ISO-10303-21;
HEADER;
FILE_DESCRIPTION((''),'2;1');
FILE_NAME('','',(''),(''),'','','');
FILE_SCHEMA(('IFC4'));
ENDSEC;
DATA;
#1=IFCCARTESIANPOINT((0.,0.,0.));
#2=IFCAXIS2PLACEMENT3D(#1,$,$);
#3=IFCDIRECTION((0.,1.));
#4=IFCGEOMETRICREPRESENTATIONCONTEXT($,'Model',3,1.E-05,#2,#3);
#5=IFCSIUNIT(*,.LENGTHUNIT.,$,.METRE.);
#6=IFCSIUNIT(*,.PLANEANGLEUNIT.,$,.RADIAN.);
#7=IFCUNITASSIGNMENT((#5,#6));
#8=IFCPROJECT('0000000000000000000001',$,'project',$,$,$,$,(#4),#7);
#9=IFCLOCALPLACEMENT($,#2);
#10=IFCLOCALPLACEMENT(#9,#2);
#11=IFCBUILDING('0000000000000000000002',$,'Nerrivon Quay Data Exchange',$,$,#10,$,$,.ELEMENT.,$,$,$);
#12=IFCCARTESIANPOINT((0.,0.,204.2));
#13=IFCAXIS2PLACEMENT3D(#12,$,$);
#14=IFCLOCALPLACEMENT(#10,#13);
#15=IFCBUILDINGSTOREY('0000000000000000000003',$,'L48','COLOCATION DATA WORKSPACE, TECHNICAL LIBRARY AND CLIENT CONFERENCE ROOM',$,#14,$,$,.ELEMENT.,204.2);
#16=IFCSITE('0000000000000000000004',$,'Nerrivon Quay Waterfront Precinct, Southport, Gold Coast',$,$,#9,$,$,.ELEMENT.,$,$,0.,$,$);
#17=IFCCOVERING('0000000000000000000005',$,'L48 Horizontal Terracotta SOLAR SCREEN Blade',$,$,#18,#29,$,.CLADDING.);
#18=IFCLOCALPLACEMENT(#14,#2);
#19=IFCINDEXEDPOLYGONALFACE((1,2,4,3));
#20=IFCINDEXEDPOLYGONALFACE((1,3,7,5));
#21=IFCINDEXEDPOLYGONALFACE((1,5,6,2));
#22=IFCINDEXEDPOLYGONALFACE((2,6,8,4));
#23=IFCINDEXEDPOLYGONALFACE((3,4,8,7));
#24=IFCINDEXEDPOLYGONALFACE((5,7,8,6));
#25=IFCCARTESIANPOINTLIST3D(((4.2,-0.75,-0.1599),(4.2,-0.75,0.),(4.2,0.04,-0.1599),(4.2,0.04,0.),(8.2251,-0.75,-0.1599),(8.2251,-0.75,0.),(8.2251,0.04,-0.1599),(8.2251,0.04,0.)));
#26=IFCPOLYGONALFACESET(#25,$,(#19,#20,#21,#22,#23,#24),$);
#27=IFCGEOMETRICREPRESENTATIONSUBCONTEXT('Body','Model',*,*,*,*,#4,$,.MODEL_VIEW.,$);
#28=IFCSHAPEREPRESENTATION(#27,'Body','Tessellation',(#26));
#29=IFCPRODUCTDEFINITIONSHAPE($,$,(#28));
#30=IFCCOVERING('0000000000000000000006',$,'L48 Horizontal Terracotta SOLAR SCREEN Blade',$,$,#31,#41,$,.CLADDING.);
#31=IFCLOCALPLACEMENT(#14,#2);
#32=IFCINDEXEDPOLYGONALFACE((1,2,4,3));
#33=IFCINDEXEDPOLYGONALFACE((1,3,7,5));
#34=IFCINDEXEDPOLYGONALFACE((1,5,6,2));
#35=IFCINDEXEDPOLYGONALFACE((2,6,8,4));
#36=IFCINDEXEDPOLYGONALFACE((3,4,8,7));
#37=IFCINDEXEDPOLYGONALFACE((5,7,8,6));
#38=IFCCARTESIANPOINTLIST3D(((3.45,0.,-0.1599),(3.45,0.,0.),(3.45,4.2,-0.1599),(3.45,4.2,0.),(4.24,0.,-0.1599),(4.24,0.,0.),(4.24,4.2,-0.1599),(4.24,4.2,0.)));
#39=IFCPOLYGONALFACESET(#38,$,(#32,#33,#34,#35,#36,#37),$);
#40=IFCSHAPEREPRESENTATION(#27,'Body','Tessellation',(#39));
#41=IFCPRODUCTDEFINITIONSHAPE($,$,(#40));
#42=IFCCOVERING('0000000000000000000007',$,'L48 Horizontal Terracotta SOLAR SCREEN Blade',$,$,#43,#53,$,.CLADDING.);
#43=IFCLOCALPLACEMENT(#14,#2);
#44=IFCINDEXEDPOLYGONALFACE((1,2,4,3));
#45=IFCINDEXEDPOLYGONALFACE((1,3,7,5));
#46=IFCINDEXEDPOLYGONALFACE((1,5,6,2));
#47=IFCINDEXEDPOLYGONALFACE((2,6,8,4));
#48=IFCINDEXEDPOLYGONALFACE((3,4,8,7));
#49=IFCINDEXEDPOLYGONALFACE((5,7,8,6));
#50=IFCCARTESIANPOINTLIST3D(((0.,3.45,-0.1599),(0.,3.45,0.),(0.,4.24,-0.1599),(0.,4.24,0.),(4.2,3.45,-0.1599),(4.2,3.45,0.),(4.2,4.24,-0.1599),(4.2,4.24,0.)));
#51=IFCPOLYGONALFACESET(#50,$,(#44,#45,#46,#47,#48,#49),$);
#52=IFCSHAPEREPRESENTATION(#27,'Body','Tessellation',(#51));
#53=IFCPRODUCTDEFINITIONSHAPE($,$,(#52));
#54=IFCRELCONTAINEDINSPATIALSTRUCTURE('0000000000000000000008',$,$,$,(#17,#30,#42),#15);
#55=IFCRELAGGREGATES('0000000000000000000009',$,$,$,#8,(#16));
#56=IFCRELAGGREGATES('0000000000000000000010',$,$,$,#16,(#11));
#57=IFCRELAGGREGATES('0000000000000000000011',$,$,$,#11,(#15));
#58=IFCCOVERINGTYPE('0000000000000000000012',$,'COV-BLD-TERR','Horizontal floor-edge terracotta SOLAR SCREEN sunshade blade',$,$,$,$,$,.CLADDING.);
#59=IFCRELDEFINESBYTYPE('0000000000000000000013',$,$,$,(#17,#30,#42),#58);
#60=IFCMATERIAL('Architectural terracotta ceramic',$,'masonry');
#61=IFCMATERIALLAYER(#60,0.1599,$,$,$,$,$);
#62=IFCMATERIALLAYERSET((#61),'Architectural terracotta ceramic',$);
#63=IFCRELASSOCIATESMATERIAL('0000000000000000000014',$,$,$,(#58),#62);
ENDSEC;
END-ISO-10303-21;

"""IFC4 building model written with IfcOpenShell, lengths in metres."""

from ifc_helpers import new_model, si_unit, direction, frame, origin, place, context, subcontext, project, spatial, polyline, outline, extrude, material, layer, layer_set, type_object, element, save


model = new_model("IFC4")

# Units and contexts
model_context = context("Model", 3, precision=1e-05, world=origin(), true_north=direction((0.0, 1.0)))
body_context = subcontext(model_context, "Body", "Model", "MODEL_VIEW")
ifc_project = project(units=[si_unit("LENGTHUNIT", "METRE"), si_unit("PLANEANGLEUNIT", "RADIAN")], contexts=[model_context])

# Site, building, storey
site_placement = place(None, origin())
site = spatial("IfcSite", under=ifc_project, at=site_placement, Name="Nerrivon Quay Waterfront Precinct, Southport, Gold Coast", CompositionType="ELEMENT", RefElevation=0.0)
building_placement = place(site_placement, origin())
building = spatial("IfcBuilding", under=site, at=building_placement, Name="Nerrivon Quay Data Exchange", CompositionType="ELEMENT")
storey_placement = place(building_placement, frame((0.0, 0.0, 204.2)))
storey = spatial("IfcBuildingStorey", under=building, at=storey_placement, Name="L48", Description="COLOCATION DATA WORKSPACE, TECHNICAL LIBRARY AND CLIENT CONFERENCE ROOM", CompositionType="ELEMENT", Elevation=204.2)

# Coverings
ifc_material_1 = material(Name="Architectural terracotta ceramic", Category="masonry")
ifc_layer_1 = layer(ifc_material_1, 0.1599)
ifc_layer_set_1 = layer_set([ifc_layer_1], Name="Architectural terracotta ceramic")
covering_type = type_object("IfcCoveringType", Name="COV-BLD-TERR", Description="Horizontal floor-edge terracotta SOLAR SCREEN sunshade blade", PredefinedType="CLADDING", material=ifc_layer_set_1)
covering_1_placement = place(storey_placement, frame((0.0, 0.0, -0.1599)))
element("IfcCovering", 1, at=covering_1_placement, inside=storey, type_object=covering_type, Name="L48 Horizontal Terracotta SOLAR SCREEN Blade", PredefinedType="CLADDING", context=body_context, shape_type="SweptSolid", body=[
    extrude(outline(polyline([(8.2251, 0.04), (4.2, 0.04), (4.2, -0.75), (8.2251, -0.75), (8.2251, 0.04)])), origin(), (0.0, 0.0, 1.0), 0.1599),
])
covering_2_placement = place(storey_placement, frame((0.0, 0.0, -0.1599)))
element("IfcCovering", 2, at=covering_2_placement, inside=storey, type_object=covering_type, Name="L48 Horizontal Terracotta SOLAR SCREEN Blade", PredefinedType="CLADDING", context=body_context, shape_type="SweptSolid", body=[
    extrude(outline(polyline([(4.24, 0.0), (4.24, 4.2), (3.45, 4.2), (3.45, 0.0), (4.24, 0.0)])), origin(), (0.0, 0.0, 1.0), 0.1599),
])
covering_3_placement = place(storey_placement, frame((0.0, 0.0, -0.1599)))
element("IfcCovering", 3, at=covering_3_placement, inside=storey, type_object=covering_type, Name="L48 Horizontal Terracotta SOLAR SCREEN Blade", PredefinedType="CLADDING", context=body_context, shape_type="SweptSolid", body=[
    extrude(outline(polyline([(4.2, 4.24), (0.0, 4.24), (0.0, 3.45), (4.2, 3.45), (4.2, 4.24)])), origin(), (0.0, 0.0, 1.0), 0.1599),
])

save(model, "model.ifc")
